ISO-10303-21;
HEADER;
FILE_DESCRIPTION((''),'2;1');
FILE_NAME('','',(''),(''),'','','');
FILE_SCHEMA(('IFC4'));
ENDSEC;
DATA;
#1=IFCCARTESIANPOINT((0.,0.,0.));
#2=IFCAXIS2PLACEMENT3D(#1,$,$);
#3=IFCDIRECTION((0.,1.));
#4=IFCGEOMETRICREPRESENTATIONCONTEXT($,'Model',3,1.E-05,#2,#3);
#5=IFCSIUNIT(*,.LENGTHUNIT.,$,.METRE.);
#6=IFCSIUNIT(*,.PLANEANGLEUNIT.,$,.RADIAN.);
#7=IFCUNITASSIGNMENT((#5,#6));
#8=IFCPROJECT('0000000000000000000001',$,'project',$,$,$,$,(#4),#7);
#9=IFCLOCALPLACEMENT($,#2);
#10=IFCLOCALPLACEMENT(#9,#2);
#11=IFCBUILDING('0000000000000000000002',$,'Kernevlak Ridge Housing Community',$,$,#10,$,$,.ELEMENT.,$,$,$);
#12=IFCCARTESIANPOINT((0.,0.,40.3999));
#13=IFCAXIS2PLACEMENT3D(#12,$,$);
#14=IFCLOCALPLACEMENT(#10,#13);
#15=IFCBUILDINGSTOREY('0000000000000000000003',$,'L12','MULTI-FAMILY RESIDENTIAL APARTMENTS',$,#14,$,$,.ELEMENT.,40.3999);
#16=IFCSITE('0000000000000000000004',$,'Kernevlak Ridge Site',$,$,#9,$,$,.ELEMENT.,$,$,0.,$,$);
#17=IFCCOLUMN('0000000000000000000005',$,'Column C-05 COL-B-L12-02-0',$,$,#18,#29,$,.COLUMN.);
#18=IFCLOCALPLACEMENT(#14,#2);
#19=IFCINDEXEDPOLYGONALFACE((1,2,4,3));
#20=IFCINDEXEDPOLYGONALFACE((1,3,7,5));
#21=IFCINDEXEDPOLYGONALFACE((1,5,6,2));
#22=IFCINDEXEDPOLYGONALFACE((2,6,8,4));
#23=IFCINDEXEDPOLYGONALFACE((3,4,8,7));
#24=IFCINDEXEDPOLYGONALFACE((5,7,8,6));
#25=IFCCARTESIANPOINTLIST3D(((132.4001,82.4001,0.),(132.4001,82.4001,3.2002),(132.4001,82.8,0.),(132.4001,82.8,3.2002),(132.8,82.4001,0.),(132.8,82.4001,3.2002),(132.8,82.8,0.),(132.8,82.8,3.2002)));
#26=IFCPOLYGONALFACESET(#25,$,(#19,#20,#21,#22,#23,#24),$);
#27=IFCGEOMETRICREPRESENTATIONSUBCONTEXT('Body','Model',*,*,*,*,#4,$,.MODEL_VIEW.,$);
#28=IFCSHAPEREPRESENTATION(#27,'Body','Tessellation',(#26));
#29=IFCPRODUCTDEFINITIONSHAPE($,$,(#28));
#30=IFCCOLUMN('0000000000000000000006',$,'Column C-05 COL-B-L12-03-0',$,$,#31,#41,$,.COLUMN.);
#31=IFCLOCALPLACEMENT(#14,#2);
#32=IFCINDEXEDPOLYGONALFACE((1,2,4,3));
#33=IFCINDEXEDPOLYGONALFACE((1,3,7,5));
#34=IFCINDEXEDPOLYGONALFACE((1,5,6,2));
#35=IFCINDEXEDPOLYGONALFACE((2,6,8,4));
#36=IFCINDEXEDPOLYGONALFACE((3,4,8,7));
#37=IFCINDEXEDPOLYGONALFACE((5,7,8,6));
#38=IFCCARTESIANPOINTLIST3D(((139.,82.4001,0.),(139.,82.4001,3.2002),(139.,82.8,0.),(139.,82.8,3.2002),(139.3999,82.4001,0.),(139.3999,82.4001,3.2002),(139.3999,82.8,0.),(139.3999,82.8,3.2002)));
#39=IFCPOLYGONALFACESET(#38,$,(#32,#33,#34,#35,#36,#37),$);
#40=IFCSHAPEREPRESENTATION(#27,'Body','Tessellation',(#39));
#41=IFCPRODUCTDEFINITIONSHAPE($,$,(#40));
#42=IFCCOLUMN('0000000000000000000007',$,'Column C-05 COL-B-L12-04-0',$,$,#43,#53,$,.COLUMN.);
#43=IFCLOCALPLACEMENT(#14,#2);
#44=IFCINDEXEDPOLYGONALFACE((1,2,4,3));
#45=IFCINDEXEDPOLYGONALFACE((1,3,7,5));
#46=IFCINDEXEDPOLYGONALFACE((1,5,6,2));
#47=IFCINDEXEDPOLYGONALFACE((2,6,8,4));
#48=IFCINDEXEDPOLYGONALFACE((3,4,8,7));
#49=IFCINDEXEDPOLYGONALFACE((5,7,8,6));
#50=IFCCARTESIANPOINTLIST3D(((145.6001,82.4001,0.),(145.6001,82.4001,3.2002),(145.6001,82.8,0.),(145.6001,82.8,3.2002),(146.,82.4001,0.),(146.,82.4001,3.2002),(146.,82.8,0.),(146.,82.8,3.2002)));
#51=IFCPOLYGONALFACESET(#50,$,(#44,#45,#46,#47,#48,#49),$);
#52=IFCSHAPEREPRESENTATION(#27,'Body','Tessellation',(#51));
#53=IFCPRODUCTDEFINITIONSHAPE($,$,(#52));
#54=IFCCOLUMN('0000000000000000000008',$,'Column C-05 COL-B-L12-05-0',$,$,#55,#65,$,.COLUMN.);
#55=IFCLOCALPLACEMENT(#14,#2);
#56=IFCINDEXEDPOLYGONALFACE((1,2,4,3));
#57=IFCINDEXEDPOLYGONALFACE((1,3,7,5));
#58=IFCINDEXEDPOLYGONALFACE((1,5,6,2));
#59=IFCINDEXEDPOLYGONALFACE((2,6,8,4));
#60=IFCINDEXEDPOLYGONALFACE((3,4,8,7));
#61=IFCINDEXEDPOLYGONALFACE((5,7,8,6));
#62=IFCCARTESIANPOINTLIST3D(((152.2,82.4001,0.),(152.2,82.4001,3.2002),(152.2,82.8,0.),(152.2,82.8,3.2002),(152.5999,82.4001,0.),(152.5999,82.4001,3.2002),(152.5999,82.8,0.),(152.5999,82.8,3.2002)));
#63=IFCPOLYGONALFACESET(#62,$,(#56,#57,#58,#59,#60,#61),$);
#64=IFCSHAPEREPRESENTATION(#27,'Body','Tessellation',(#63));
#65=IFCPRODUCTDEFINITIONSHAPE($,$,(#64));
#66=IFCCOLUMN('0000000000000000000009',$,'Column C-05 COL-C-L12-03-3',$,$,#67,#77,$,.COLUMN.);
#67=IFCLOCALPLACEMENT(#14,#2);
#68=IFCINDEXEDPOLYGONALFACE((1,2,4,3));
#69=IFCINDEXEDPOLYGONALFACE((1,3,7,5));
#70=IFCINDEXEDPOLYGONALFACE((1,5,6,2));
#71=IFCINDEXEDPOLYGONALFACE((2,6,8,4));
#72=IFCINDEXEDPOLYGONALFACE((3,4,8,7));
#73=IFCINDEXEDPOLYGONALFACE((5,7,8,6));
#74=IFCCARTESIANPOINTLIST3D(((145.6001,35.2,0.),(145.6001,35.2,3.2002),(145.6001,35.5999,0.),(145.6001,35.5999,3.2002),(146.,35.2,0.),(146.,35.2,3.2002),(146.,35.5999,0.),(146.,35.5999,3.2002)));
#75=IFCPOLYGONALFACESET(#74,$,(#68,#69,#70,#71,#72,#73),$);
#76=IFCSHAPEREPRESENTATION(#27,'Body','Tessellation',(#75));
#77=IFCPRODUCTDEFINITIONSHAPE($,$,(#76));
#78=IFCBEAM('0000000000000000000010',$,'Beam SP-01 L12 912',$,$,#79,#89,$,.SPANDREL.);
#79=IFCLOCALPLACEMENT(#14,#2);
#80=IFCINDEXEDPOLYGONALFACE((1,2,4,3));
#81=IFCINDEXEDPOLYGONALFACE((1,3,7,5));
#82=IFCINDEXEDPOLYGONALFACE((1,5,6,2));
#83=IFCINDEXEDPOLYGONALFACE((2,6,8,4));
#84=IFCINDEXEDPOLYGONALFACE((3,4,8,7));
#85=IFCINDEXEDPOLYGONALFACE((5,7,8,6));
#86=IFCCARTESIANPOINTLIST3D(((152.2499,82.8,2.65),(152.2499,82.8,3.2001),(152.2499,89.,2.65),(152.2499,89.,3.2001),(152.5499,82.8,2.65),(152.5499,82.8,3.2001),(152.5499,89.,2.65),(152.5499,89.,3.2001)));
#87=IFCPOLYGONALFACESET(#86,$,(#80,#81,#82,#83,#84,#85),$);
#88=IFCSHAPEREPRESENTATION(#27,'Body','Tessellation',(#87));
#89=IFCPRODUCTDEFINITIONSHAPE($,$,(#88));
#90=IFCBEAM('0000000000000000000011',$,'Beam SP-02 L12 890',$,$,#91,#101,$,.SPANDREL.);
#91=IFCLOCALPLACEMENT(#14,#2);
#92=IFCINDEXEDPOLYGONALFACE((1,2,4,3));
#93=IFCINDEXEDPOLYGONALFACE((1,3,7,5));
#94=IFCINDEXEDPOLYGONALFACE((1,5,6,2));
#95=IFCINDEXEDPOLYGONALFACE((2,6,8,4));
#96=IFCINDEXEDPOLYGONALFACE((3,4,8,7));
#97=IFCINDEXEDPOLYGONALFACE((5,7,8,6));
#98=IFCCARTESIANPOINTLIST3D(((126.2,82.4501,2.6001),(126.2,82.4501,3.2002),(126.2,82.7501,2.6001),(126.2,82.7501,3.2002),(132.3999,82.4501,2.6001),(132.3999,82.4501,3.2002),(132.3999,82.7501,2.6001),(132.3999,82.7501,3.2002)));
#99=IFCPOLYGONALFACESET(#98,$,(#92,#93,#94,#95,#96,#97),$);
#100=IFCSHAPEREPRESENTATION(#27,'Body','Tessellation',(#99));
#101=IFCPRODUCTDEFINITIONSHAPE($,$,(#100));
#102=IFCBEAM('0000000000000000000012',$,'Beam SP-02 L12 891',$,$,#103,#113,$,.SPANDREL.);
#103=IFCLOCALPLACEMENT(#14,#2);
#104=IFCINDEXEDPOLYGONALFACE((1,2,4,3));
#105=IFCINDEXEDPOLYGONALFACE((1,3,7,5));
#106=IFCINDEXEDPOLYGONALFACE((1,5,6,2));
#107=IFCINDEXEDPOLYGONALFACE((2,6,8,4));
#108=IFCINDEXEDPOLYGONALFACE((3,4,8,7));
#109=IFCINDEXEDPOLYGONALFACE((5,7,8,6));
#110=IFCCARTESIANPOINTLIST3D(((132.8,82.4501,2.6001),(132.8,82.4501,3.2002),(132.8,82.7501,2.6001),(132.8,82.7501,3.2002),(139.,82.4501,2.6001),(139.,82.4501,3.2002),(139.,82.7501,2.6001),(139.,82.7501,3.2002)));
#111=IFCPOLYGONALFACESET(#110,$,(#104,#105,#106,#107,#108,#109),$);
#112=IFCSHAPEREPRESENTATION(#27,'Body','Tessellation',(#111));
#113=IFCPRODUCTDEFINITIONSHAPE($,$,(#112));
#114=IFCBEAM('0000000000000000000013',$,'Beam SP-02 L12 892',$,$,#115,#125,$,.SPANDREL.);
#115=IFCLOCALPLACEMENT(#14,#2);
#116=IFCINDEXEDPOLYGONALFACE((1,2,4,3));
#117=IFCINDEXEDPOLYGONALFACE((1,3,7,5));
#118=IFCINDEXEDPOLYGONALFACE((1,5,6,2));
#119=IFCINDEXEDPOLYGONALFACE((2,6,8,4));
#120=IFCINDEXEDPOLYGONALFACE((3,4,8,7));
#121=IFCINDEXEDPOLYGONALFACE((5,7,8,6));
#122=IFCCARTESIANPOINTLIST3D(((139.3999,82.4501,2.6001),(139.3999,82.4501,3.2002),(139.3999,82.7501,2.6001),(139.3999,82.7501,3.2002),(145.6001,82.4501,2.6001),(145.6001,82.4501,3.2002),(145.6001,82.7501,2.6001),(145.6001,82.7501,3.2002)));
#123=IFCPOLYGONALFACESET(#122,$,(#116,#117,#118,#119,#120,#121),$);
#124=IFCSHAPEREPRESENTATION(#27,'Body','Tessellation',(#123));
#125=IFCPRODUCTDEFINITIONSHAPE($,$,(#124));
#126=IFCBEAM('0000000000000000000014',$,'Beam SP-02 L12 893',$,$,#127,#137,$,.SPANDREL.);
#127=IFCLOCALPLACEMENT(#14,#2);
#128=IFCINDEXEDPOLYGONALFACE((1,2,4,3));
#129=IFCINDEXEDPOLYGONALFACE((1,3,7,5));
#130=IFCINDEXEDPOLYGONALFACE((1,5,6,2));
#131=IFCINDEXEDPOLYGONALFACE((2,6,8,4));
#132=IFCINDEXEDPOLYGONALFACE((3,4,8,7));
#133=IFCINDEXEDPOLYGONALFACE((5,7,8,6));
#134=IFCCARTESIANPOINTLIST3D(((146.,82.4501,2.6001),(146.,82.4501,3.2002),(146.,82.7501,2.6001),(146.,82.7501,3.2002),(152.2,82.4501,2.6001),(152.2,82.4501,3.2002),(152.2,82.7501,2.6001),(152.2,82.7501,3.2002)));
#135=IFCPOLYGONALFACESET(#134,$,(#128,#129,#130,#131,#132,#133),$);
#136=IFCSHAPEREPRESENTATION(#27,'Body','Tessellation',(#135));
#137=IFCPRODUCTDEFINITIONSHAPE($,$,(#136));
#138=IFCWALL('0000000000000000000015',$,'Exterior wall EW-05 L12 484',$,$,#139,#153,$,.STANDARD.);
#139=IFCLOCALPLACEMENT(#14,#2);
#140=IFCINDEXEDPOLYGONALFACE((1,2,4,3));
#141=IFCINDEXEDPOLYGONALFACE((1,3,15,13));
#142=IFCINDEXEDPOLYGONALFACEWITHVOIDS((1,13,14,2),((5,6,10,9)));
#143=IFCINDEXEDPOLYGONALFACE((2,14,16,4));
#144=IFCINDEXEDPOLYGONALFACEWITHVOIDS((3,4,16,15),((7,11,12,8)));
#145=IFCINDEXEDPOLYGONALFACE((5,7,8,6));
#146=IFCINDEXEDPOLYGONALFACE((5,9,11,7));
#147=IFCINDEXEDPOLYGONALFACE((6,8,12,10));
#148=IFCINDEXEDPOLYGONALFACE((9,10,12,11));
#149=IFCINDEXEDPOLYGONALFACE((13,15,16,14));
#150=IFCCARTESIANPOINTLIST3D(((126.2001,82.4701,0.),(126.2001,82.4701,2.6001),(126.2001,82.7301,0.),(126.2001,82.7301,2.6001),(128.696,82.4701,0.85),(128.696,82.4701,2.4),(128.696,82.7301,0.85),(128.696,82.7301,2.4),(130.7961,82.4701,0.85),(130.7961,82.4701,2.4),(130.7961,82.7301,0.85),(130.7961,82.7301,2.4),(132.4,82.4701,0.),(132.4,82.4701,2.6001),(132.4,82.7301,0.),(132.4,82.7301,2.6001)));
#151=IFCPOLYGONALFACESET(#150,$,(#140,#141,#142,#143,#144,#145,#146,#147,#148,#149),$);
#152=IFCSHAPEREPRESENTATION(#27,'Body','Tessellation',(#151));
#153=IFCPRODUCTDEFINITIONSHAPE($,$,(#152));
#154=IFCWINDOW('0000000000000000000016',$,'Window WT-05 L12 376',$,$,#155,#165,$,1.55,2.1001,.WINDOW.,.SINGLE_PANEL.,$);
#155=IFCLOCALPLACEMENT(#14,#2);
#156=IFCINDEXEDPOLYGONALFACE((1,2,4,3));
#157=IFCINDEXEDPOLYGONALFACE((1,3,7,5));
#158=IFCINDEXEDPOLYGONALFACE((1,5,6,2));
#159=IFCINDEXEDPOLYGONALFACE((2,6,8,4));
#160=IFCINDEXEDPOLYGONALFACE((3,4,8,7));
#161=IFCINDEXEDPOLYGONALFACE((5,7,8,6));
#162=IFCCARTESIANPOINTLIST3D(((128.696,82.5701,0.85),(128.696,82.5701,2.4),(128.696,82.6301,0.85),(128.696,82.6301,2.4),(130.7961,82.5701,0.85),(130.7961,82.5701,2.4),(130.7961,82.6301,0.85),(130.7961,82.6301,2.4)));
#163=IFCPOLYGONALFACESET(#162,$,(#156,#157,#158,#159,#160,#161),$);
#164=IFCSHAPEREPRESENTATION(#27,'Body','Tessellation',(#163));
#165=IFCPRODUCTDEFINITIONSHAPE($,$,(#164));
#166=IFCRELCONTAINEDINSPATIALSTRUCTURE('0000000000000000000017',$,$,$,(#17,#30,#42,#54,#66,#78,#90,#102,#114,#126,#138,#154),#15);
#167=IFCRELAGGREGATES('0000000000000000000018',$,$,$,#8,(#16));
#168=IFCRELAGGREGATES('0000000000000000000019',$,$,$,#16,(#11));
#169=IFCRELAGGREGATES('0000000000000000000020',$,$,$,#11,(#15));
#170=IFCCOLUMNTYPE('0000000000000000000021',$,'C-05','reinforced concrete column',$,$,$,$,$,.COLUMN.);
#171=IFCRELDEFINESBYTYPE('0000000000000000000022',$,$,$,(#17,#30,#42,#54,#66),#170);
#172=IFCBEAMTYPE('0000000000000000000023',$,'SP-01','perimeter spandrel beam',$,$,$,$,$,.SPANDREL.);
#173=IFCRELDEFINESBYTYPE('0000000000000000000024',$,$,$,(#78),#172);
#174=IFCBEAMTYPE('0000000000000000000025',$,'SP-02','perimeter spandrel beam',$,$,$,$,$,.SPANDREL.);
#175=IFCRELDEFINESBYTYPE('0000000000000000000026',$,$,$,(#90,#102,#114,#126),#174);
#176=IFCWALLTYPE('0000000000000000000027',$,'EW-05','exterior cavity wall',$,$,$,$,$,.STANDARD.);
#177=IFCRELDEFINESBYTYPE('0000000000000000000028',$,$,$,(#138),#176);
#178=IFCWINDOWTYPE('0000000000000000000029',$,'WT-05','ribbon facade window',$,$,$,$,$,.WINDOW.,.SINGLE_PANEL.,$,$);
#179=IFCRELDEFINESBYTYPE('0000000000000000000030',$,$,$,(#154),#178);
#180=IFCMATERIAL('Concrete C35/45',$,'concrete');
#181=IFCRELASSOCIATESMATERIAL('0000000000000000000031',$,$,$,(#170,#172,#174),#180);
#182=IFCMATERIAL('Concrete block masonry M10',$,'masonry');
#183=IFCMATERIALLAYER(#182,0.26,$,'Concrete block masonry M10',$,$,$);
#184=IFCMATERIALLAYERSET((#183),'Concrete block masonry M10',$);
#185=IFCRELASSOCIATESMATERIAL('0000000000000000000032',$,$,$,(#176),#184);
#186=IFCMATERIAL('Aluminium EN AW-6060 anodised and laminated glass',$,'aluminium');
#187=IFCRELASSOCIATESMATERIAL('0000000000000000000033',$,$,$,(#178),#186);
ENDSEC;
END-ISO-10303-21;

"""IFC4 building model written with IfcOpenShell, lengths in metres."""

from ifc_helpers import new_model, si_unit, direction, frame, frame_2d, origin, origin_2d, place, context, subcontext, project, spatial, rectangle, extrude, material, layer, layer_set, material_profile, profile_set, type_object, element, fill, save


model = new_model("IFC4")

# Units and contexts
model_context = context("Model", 3, precision=1e-05, world=origin(), true_north=direction((0.0, 1.0)))
body_context = subcontext(model_context, "Body", "Model", "MODEL_VIEW")
ifc_project = project(units=[si_unit("LENGTHUNIT", "METRE"), si_unit("PLANEANGLEUNIT", "RADIAN")], contexts=[model_context])

# Site, building, storey
site_placement = place(None, origin())
site = spatial("IfcSite", under=ifc_project, at=site_placement, Name="Kernevlak Ridge Site", CompositionType="ELEMENT", RefElevation=0.0)
building_placement = place(site_placement, origin())
building = spatial("IfcBuilding", under=site, at=building_placement, Name="Kernevlak Ridge Housing Community", CompositionType="ELEMENT")
storey_placement = place(building_placement, frame((0.0, 0.0, 40.3999)))
storey = spatial("IfcBuildingStorey", under=building, at=storey_placement, Name="L12", Description="MULTI-FAMILY RESIDENTIAL APARTMENTS", CompositionType="ELEMENT", Elevation=40.3999)

# Columns
ifc_material_1 = material(Name="Concrete C35/45", Category="concrete")
ifc_material_profile_1 = material_profile(ifc_material_1, rectangle(XDim=0.3999, YDim=0.3999, at=origin_2d()), Name="RC 400x400")
ifc_profile_set_1 = profile_set([ifc_material_profile_1], Name="Concrete C35/45")
column_type = type_object("IfcColumnType", Name="C-05", Description="reinforced concrete column", PredefinedType="COLUMN", material=ifc_profile_set_1)
for number, where, z_axis, x_axis, name in (
    (1, (132.6001, 82.6001, 0.0), (0.0, 0.0, 1.0), (1.0, 0.0, 0.0), "Column C-05 COL-B-L12-02-0"),
    (2, (139.2, 82.6001, 0.0), (0.0, 0.0, 1.0), (1.0, 0.0, 0.0), "Column C-05 COL-B-L12-03-0"),
    (3, (145.8, 82.6001, 0.0), (0.0, 0.0, 1.0), (1.0, 0.0, 0.0), "Column C-05 COL-B-L12-04-0"),
    (4, (152.3999, 82.6001, 0.0), (0.0, 0.0, 1.0), (1.0, 0.0, 0.0), "Column C-05 COL-B-L12-05-0"),
    (5, (145.8, 35.3999, 0.0), (0.0, 0.0, 1.0), (1.0, 0.0, 0.0), "Column C-05 COL-C-L12-03-3"),
):
    element("IfcColumn", number, at=place(storey_placement, frame(where, z_axis=z_axis, x_axis=x_axis)), inside=storey, type_object=column_type, Name=name, PredefinedType="COLUMN", context=body_context, shape_type="SweptSolid", body=[
        extrude(rectangle(XDim=0.3999, YDim=0.3999, at=origin_2d()), origin(), (0.0, 0.0, 1.0), 3.2002),
    ])

# Beams
ifc_material_profile_2 = material_profile(ifc_material_1, rectangle(XDim=0.3, YDim=0.55, at=origin_2d()), Name="RC 300x550")
ifc_profile_set_2 = profile_set([ifc_material_profile_2], Name="Concrete C35/45")
beam_type_1 = type_object("IfcBeamType", Name="SP-01", Description="perimeter spandrel beam", PredefinedType="SPANDREL", material=ifc_profile_set_2)
beam_1_placement = place(storey_placement, frame((152.3999, 82.8, 2.925), z_axis=(0.0, 1.0, 0.0), x_axis=(-1.0, 0.0, 0.0)))
element("IfcBeam", 6, at=beam_1_placement, inside=storey, type_object=beam_type_1, Name="Beam SP-01 L12 912", PredefinedType="SPANDREL", context=body_context, shape_type="SweptSolid", body=[
    extrude(rectangle(XDim=0.3, YDim=0.55, at=origin_2d()), origin(), (0.0, 0.0, 1.0), 6.2),
])
ifc_material_profile_3 = material_profile(ifc_material_1, rectangle(XDim=0.3, YDim=0.6001, at=origin_2d()), Name="RC 300x600")
ifc_profile_set_3 = profile_set([ifc_material_profile_3], Name="Concrete C35/45")
beam_type_2 = type_object("IfcBeamType", Name="SP-02", Description="perimeter spandrel beam", PredefinedType="SPANDREL", material=ifc_profile_set_3)
for number, where, z_axis, x_axis, name in (
    (7, (126.2, 82.6001, 2.9001), (1.0, 0.0, 0.0), (0.0, 1.0, 0.0), "Beam SP-02 L12 890"),
    (8, (132.8, 82.6001, 2.9001), (1.0, 0.0, 0.0), (0.0, 1.0, 0.0), "Beam SP-02 L12 891"),
):
    element("IfcBeam", number, at=place(storey_placement, frame(where, z_axis=z_axis, x_axis=x_axis)), inside=storey, type_object=beam_type_2, Name=name, PredefinedType="SPANDREL", context=body_context, shape_type="SweptSolid", body=[
        extrude(rectangle(XDim=0.3, YDim=0.6001, at=origin_2d()), origin(), (0.0, 0.0, 1.0), 6.2),
    ])
beam_2_placement = place(storey_placement, frame((139.3999, 82.6001, 2.9001), z_axis=(1.0, 0.0, 0.0), x_axis=(0.0, 1.0, 0.0)))
element("IfcBeam", 9, at=beam_2_placement, inside=storey, type_object=beam_type_2, Name="Beam SP-02 L12 892", PredefinedType="SPANDREL", context=body_context, shape_type="SweptSolid", body=[
    extrude(rectangle(XDim=0.3, YDim=0.6001, at=origin_2d()), origin(), (0.0, 0.0, 1.0), 6.2002),
])
beam_3_placement = place(storey_placement, frame((146.0, 82.6001, 2.9001), z_axis=(1.0, 0.0, 0.0), x_axis=(0.0, 1.0, 0.0)))
element("IfcBeam", 10, at=beam_3_placement, inside=storey, type_object=beam_type_2, Name="Beam SP-02 L12 893", PredefinedType="SPANDREL", context=body_context, shape_type="SweptSolid", body=[
    extrude(rectangle(XDim=0.3, YDim=0.6001, at=origin_2d()), origin(), (0.0, 0.0, 1.0), 6.2),
])

# Wall, opening, window
ifc_material_2 = material(Name="Concrete block masonry M10", Category="masonry")
ifc_layer_1 = layer(ifc_material_2, 0.26, Name="Concrete block masonry M10")
ifc_layer_set_1 = layer_set([ifc_layer_1], Name="Concrete block masonry M10")
wall_type_1 = type_object("IfcWallType", Name="EW-05", Description="exterior cavity wall", PredefinedType="STANDARD", material=ifc_layer_set_1)
wall_1_placement = place(storey_placement, frame((126.2, 82.6001, 0.0), z_axis=(0.0, 0.0, 1.0), x_axis=(1.0, 0.0, 0.0)))
wall_1 = element("IfcWall", 11, at=wall_1_placement, inside=storey, type_object=wall_type_1, Name="Exterior wall EW-05 L12 484", PredefinedType="STANDARD", context=body_context, shape_type="SweptSolid", body=[
    extrude(rectangle(XDim=6.2, YDim=0.26, at=frame_2d((3.1001, 0.0))), origin(), (0.0, 0.0, 1.0), 2.6001),
])
opening_1_placement = place(wall_1_placement, frame((2.4961, 0.0, 0.8501)))
opening_1 = element("IfcOpeningElement", 12, at=opening_1_placement, cuts=wall_1, PredefinedType="OPENING", context=body_context, shape_type="SweptSolid", body=[
    extrude(rectangle(XDim=2.1001, YDim=1.55, at=frame_2d((1.05, 0.7749))), frame((0.0, 0.1399, 0.0), z_axis=(0.0, -1.0, 0.0), x_axis=(1.0, 0.0, 0.0)), (0.0, 0.0, 1.0), 0.28),
])
ifc_material_3 = material(Name="Aluminium EN AW-6060 anodised and laminated glass", Category="aluminium")
window_type_1 = type_object("IfcWindowType", Name="WT-05", Description="ribbon facade window", PartitioningType="SINGLE_PANEL", PredefinedType="WINDOW", material=ifc_material_3)
window_1_placement = place(opening_1_placement, origin())
window_1 = element("IfcWindow", 13, at=window_1_placement, inside=storey, type_object=window_type_1, Name="Window WT-05 L12 376", OverallHeight=1.55, OverallWidth=2.1001, PartitioningType="SINGLE_PANEL", PredefinedType="WINDOW", context=body_context, shape_type="SweptSolid", body=[
    extrude(rectangle(XDim=2.1001, YDim=1.55, at=frame_2d((1.05, 0.7749))), frame((0.0, 0.03, 0.0), z_axis=(0.0, -1.0, 0.0), x_axis=(1.0, 0.0, 0.0)), (0.0, 0.0, 1.0), 0.0601),
])
fill(opening_1, window_1)

save(model, "model.ifc")
